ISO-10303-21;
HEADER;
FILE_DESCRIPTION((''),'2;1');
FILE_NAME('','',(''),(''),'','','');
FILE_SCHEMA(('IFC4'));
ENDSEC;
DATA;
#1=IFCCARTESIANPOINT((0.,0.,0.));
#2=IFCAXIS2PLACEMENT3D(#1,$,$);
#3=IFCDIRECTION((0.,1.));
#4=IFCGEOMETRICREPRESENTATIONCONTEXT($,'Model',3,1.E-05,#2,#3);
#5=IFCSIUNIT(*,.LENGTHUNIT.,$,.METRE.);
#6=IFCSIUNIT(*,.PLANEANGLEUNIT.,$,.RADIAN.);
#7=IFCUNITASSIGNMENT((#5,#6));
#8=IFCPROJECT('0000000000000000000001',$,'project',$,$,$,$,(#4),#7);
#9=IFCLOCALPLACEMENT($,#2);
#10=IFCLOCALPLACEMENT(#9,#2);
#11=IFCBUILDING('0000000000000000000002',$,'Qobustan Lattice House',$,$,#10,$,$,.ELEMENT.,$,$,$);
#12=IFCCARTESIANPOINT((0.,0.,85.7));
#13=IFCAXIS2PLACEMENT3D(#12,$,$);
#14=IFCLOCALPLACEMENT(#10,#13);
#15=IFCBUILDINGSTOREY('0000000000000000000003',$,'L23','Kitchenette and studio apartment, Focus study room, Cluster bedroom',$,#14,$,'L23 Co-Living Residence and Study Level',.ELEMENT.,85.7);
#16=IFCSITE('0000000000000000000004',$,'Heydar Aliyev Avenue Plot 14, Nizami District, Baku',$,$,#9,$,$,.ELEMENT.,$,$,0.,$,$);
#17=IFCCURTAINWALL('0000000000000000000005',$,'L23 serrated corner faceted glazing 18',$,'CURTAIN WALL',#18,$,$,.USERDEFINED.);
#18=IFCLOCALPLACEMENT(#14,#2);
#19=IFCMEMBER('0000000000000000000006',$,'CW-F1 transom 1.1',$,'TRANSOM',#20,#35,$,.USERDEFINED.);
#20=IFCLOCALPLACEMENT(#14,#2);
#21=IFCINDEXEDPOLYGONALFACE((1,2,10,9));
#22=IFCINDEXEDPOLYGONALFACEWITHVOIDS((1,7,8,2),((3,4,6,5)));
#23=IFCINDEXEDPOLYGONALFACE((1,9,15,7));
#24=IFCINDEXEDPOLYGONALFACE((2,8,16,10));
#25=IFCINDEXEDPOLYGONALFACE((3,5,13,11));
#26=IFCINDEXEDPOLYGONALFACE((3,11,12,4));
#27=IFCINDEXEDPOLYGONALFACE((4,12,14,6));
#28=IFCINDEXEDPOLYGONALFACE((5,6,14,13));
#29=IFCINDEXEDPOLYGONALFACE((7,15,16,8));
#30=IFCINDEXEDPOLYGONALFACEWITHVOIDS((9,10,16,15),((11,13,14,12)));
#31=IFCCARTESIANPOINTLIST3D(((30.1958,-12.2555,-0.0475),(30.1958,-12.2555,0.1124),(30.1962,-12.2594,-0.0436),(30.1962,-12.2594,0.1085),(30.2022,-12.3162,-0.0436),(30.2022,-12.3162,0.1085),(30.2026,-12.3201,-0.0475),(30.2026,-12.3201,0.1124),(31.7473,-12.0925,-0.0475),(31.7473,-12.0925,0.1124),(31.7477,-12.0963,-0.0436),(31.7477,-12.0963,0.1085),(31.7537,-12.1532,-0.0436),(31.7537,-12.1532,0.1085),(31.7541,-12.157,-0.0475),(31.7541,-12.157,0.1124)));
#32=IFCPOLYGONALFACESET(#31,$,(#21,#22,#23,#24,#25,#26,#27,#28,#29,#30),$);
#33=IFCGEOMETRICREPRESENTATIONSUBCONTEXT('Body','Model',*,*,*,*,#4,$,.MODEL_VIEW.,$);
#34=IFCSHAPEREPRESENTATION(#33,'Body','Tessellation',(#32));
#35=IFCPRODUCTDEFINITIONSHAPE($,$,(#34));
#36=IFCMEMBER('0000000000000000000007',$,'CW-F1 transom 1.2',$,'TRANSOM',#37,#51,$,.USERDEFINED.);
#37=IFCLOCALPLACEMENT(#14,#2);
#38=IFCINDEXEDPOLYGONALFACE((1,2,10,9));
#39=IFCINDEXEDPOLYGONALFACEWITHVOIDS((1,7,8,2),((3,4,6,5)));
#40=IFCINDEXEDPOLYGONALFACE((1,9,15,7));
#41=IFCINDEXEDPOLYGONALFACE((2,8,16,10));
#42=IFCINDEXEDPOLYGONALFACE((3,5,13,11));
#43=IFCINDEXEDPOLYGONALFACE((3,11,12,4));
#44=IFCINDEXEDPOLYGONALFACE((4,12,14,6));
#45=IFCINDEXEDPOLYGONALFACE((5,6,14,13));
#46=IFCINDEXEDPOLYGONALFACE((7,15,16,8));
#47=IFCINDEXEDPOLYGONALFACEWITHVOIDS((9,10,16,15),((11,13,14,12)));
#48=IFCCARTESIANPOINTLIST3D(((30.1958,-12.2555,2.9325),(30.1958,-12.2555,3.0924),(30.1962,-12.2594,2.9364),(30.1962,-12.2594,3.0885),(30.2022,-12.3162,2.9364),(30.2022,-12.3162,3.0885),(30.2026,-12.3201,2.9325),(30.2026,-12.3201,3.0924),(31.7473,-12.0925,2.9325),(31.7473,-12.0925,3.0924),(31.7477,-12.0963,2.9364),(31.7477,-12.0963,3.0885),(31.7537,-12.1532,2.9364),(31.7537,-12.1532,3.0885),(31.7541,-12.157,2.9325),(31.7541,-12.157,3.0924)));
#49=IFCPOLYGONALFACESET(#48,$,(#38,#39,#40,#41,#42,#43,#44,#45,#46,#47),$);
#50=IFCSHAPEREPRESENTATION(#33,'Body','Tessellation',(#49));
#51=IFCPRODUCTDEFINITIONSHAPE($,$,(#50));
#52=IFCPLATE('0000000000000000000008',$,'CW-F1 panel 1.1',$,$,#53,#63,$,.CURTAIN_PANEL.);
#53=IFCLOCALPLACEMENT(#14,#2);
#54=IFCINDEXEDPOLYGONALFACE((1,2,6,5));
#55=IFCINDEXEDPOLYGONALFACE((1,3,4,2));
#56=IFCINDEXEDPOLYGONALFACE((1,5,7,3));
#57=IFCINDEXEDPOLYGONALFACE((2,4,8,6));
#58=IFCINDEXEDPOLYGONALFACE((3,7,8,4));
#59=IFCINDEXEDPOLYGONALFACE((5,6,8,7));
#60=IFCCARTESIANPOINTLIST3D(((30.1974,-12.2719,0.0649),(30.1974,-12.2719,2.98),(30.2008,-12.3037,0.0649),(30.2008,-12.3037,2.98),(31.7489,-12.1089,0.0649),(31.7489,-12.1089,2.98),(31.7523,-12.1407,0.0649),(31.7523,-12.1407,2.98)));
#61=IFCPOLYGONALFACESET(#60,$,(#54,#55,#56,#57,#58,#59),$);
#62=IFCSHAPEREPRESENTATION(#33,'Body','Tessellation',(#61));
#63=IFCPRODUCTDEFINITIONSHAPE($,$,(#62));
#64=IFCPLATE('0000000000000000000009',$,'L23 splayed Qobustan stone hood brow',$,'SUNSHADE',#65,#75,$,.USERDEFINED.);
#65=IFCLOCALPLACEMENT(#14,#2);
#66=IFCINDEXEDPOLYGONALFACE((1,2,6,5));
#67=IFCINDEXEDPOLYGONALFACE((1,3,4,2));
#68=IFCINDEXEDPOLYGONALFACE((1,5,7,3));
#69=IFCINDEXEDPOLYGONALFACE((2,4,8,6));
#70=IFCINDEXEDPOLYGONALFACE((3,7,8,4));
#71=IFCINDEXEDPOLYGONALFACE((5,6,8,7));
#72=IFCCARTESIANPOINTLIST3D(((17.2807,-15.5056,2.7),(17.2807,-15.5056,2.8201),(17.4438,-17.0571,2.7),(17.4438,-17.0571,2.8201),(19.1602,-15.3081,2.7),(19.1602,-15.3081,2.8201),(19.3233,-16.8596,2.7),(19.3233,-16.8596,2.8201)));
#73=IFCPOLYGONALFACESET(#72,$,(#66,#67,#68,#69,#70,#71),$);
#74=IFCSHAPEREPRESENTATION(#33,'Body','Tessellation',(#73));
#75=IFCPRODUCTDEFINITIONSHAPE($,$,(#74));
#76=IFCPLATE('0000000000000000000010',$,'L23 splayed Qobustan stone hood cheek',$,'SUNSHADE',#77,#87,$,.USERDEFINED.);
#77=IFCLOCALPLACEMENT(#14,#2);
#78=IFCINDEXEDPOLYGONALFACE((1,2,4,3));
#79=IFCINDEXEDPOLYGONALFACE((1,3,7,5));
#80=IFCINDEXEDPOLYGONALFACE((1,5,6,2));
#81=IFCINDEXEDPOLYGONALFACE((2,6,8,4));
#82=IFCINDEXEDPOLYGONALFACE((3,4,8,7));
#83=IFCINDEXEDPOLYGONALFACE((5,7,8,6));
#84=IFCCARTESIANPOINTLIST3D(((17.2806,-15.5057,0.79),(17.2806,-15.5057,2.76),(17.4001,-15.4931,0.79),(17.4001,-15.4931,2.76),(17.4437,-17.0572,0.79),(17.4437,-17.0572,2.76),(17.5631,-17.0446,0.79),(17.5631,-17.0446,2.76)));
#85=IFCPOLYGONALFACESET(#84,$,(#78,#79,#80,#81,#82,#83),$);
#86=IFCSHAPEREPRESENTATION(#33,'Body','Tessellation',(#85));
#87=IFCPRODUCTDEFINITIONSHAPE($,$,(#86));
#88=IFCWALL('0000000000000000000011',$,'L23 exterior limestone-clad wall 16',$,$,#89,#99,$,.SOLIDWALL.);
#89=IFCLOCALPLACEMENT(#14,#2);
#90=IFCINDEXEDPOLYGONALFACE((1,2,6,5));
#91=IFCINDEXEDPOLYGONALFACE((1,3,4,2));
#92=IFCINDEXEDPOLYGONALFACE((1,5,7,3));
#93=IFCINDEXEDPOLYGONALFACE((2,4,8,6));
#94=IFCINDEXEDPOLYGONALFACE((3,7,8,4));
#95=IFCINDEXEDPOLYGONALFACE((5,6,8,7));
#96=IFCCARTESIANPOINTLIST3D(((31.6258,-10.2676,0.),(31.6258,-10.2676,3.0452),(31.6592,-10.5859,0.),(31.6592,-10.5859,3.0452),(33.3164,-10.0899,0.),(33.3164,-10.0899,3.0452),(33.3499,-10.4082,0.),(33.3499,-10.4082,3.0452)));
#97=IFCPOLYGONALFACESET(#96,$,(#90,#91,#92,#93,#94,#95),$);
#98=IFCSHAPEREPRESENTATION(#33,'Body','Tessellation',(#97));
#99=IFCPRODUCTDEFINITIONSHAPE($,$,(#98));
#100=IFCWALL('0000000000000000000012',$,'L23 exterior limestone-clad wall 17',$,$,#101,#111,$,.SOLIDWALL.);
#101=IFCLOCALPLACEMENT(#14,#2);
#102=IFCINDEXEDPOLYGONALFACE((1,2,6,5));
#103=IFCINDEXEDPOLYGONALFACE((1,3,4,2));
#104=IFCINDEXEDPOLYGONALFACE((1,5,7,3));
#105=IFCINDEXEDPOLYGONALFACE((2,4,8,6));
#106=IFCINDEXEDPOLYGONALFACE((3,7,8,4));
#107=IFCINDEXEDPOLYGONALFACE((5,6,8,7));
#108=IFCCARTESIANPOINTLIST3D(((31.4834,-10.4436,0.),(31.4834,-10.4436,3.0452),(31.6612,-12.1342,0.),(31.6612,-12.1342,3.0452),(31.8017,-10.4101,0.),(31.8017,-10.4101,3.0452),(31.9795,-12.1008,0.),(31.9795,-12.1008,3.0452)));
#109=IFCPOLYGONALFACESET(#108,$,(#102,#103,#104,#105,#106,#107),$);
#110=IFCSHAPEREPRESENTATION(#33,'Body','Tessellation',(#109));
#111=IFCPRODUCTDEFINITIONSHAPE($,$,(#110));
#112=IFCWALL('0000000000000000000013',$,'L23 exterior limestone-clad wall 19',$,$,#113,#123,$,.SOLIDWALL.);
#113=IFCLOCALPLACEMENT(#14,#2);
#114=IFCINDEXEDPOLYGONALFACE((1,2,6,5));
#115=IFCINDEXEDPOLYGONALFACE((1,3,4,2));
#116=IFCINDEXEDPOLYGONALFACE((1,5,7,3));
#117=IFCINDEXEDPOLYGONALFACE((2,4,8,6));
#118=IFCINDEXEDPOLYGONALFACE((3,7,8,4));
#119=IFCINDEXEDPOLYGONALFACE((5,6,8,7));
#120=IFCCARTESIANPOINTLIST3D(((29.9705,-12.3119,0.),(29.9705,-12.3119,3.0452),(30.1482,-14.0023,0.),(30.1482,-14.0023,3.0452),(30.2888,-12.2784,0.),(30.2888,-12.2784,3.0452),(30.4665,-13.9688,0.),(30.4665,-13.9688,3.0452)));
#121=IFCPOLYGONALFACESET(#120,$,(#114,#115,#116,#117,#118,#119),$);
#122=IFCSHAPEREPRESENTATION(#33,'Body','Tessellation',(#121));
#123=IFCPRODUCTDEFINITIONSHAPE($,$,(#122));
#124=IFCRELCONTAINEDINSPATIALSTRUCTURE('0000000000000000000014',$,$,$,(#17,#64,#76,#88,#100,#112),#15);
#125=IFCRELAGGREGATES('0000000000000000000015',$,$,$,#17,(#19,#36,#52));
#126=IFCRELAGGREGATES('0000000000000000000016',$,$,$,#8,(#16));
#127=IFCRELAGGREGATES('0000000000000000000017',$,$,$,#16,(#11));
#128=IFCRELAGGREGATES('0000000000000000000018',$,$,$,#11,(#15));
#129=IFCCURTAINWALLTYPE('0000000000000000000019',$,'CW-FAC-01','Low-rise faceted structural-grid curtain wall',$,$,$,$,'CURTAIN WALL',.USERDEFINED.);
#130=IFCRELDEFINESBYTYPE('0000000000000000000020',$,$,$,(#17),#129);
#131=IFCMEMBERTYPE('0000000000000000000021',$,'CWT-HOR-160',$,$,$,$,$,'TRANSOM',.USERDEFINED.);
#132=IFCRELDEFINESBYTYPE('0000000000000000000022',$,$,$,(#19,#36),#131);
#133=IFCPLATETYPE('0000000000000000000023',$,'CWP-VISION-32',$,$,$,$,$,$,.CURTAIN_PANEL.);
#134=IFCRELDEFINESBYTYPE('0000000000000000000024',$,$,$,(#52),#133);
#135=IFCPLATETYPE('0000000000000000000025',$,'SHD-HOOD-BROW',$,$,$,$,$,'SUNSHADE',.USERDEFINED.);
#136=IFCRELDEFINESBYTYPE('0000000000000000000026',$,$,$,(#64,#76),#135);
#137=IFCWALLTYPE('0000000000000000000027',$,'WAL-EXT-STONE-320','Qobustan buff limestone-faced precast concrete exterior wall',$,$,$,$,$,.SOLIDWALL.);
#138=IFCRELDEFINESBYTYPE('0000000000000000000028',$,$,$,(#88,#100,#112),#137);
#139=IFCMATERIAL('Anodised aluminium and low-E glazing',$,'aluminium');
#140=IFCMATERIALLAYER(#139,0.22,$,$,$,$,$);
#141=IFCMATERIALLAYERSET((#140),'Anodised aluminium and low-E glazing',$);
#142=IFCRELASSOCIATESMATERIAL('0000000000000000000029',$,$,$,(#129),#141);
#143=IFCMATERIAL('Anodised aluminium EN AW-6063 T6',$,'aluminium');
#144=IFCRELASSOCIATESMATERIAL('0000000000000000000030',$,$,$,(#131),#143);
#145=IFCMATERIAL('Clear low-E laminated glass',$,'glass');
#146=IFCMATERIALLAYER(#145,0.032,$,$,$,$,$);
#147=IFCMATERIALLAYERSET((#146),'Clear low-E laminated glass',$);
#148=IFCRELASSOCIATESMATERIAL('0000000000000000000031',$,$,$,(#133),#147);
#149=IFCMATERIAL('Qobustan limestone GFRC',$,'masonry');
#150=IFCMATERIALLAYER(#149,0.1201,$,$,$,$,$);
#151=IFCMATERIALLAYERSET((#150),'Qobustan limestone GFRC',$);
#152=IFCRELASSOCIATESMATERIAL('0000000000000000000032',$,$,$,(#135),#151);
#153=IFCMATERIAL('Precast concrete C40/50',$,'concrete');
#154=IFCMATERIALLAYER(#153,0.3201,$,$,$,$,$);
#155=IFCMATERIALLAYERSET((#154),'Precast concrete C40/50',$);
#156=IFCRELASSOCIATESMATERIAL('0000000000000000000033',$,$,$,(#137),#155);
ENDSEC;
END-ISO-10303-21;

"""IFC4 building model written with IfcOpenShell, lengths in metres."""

from ifc_helpers import new_model, si_unit, direction, frame, frame_2d, origin, origin_2d, place, context, subcontext, project, spatial, rectangle, hollow_rectangle, extrude, material, layer, layer_set, material_profile, profile_set, type_object, element, aggregate, save


model = new_model("IFC4")

# Units and contexts
model_context = context("Model", 3, precision=1e-05, world=origin(), true_north=direction((0.0, 1.0)))
body_context = subcontext(model_context, "Body", "Model", "MODEL_VIEW")
ifc_project = project(units=[si_unit("LENGTHUNIT", "METRE"), si_unit("PLANEANGLEUNIT", "RADIAN")], contexts=[model_context])

# Site, building, storey
site_placement = place(None, origin())
site = spatial("IfcSite", under=ifc_project, at=site_placement, Name="Heydar Aliyev Avenue Plot 14, Nizami District, Baku", CompositionType="ELEMENT", RefElevation=0.0)
building_placement = place(site_placement, origin())
building = spatial("IfcBuilding", under=site, at=building_placement, Name="Qobustan Lattice House", CompositionType="ELEMENT")
storey_placement = place(building_placement, frame((0.0, 0.0, 85.7)))
storey = spatial("IfcBuildingStorey", under=building, at=storey_placement, Name="L23", Description="Kitchenette and studio apartment, Focus study room, Cluster bedroom", LongName="L23 Co-Living Residence and Study Level", CompositionType="ELEMENT", Elevation=85.7)

# Curtain wall, members, plate
ifc_material_1 = material(Name="Anodised aluminium and low-E glazing", Category="aluminium")
ifc_layer_1 = layer(ifc_material_1, 0.22)
ifc_layer_set_1 = layer_set([ifc_layer_1], Name="Anodised aluminium and low-E glazing")
curtain_wall_type = type_object("IfcCurtainWallType", Name="CW-FAC-01", Description="Low-rise faceted structural-grid curtain wall", ElementType="CURTAIN WALL", PredefinedType="USERDEFINED", material=ifc_layer_set_1)
curtain_wall_placement = place(storey_placement, origin())
curtain_wall = element("IfcCurtainWall", 1, at=curtain_wall_placement, inside=storey, type_object=curtain_wall_type, Name="L23 serrated corner faceted glazing 18", ObjectType="CURTAIN WALL", PredefinedType="USERDEFINED")
ifc_material_2 = material(Name="Anodised aluminium EN AW-6063 T6", Category="aluminium")
ifc_material_profile_1 = material_profile(ifc_material_2, hollow_rectangle(XDim=0.0649, YDim=0.1599, WallThickness=0.0039, at=origin_2d()), Name="CWT-160x65")
ifc_profile_set_1 = profile_set([ifc_material_profile_1], Name="Anodised aluminium EN AW-6063 T6")
member_type_1 = type_object("IfcMemberType", Name="CWT-HOR-160", ElementType="TRANSOM", PredefinedType="USERDEFINED", material=ifc_profile_set_1)
member_1_placement = place(storey_placement, frame((31.7507, -12.1248, 0.0325), z_axis=(-0.994521, -0.104538, 0.0), x_axis=(0.104538, -0.994521, 0.0)))
member_1 = element("IfcMember", 2, at=member_1_placement, type_object=member_type_1, Name="CW-F1 transom 1.1", ObjectType="TRANSOM", PredefinedType="USERDEFINED", context=body_context, shape_type="SweptSolid", body=[
    extrude(hollow_rectangle(XDim=0.0649, YDim=0.1599, WallThickness=0.0039, at=origin_2d()), origin(), (0.0, 0.0, 1.0), 1.5601),
])
member_2_placement = place(storey_placement, frame((31.7507, -12.1248, 3.0125), z_axis=(-0.994521, -0.104538, 0.0), x_axis=(0.104538, -0.994521, 0.0)))
member_2 = element("IfcMember", 3, at=member_2_placement, type_object=member_type_1, Name="CW-F1 transom 1.2", ObjectType="TRANSOM", PredefinedType="USERDEFINED", context=body_context, shape_type="SweptSolid", body=[
    extrude(hollow_rectangle(XDim=0.0649, YDim=0.1599, WallThickness=0.0039, at=origin_2d()), origin(), (0.0, 0.0, 1.0), 1.5601),
])
ifc_material_3 = material(Name="Clear low-E laminated glass", Category="glass")
ifc_layer_2 = layer(ifc_material_3, 0.032)
ifc_layer_set_2 = layer_set([ifc_layer_2], Name="Clear low-E laminated glass")
plate_type_1 = type_object("IfcPlateType", Name="CWP-VISION-32", PredefinedType="CURTAIN_PANEL", material=ifc_layer_set_2)
plate_1_placement = place(storey_placement, frame((30.9749, -12.2063, 0.0649), z_axis=(0.0, 0.0, 1.0), x_axis=(-0.994522, -0.104529, 0.0)))
plate_1 = element("IfcPlate", 4, at=plate_1_placement, type_object=plate_type_1, Name="CW-F1 panel 1.1", PredefinedType="CURTAIN_PANEL", context=body_context, shape_type="SweptSolid", body=[
    extrude(rectangle(XDim=1.5601, YDim=0.032, at=origin_2d()), origin(), (0.0, 0.0, 1.0), 2.915),
])
aggregate(curtain_wall, [member_1, member_2, plate_1])

# Plates
ifc_material_4 = material(Name="Qobustan limestone GFRC", Category="masonry")
ifc_layer_3 = layer(ifc_material_4, 0.1201)
ifc_layer_set_3 = layer_set([ifc_layer_3], Name="Qobustan limestone GFRC")
plate_type_2 = type_object("IfcPlateType", Name="SHD-HOOD-BROW", ElementType="SUNSHADE", PredefinedType="USERDEFINED", material=ifc_layer_set_3)
plate_2_placement = place(storey_placement, frame((18.302, -16.1826, 2.7), z_axis=(0.0, 0.0, 1.0), x_axis=(-0.994522, -0.104528, 0.0)))
element("IfcPlate", 5, at=plate_2_placement, inside=storey, type_object=plate_type_2, Name="L23 splayed Qobustan stone hood brow", ObjectType="SUNSHADE", PredefinedType="USERDEFINED", context=body_context, shape_type="SweptSolid", body=[
    extrude(rectangle(XDim=1.8899, YDim=1.5601, at=origin_2d()), origin(), (0.0, 0.0, 1.0), 0.1201),
])
plate_3_placement = place(storey_placement, frame((17.4219, -16.2751, 0.79), z_axis=(0.0, 0.0, 1.0), x_axis=(-0.994522, -0.104528, 0.0)))
element("IfcPlate", 6, at=plate_3_placement, inside=storey, type_object=plate_type_2, Name="L23 splayed Qobustan stone hood cheek", ObjectType="SUNSHADE", PredefinedType="USERDEFINED", context=body_context, shape_type="SweptSolid", body=[
    extrude(rectangle(XDim=0.1201, YDim=1.5601, at=origin_2d()), origin(), (0.0, 0.0, 1.0), 1.97),
])

# Walls
ifc_material_5 = material(Name="Precast concrete C40/50", Category="concrete")
ifc_layer_4 = layer(ifc_material_5, 0.3201)
ifc_layer_set_4 = layer_set([ifc_layer_4], Name="Precast concrete C40/50")
wall_type = type_object("IfcWallType", Name="WAL-EXT-STONE-320", Description="Qobustan buff limestone-faced precast concrete exterior wall", PredefinedType="SOLIDWALL", material=ifc_layer_set_4)
for number, where, z_axis, x_axis, name in (
    (7, (33.3333, -10.249, 0.0), (0.0, 0.0, 1.0), (-0.99452, -0.10455, 0.0), "L23 exterior limestone-clad wall 16"),
    (8, (31.6426, -10.4268, 0.0), (0.0, 0.0, 1.0), (0.10455, -0.99452, 0.0), "L23 exterior limestone-clad wall 17"),
):
    element("IfcWall", number, at=place(storey_placement, frame(where, z_axis=z_axis, x_axis=x_axis)), inside=storey, type_object=wall_type, Name=name, PredefinedType="SOLIDWALL", context=body_context, shape_type="SweptSolid", body=[
        extrude(rectangle(XDim=1.7, YDim=0.3201, at=frame_2d((0.8501, 0.0))), origin(), (0.0, 0.0, 1.0), 3.0452),
    ])
wall_1_placement = place(storey_placement, frame((30.1296, -12.2952, 0.0), z_axis=(0.0, 0.0, 1.0), x_axis=(0.104565, -0.994518, 0.0)))
element("IfcWall", 9, at=wall_1_placement, inside=storey, type_object=wall_type, Name="L23 exterior limestone-clad wall 19", PredefinedType="SOLIDWALL", context=body_context, shape_type="SweptSolid", body=[
    extrude(rectangle(XDim=1.6997, YDim=0.3201, at=frame_2d((0.8499, 0.0))), origin(), (0.0, 0.0, 1.0), 3.0452),
])

save(model, "model.ifc")
